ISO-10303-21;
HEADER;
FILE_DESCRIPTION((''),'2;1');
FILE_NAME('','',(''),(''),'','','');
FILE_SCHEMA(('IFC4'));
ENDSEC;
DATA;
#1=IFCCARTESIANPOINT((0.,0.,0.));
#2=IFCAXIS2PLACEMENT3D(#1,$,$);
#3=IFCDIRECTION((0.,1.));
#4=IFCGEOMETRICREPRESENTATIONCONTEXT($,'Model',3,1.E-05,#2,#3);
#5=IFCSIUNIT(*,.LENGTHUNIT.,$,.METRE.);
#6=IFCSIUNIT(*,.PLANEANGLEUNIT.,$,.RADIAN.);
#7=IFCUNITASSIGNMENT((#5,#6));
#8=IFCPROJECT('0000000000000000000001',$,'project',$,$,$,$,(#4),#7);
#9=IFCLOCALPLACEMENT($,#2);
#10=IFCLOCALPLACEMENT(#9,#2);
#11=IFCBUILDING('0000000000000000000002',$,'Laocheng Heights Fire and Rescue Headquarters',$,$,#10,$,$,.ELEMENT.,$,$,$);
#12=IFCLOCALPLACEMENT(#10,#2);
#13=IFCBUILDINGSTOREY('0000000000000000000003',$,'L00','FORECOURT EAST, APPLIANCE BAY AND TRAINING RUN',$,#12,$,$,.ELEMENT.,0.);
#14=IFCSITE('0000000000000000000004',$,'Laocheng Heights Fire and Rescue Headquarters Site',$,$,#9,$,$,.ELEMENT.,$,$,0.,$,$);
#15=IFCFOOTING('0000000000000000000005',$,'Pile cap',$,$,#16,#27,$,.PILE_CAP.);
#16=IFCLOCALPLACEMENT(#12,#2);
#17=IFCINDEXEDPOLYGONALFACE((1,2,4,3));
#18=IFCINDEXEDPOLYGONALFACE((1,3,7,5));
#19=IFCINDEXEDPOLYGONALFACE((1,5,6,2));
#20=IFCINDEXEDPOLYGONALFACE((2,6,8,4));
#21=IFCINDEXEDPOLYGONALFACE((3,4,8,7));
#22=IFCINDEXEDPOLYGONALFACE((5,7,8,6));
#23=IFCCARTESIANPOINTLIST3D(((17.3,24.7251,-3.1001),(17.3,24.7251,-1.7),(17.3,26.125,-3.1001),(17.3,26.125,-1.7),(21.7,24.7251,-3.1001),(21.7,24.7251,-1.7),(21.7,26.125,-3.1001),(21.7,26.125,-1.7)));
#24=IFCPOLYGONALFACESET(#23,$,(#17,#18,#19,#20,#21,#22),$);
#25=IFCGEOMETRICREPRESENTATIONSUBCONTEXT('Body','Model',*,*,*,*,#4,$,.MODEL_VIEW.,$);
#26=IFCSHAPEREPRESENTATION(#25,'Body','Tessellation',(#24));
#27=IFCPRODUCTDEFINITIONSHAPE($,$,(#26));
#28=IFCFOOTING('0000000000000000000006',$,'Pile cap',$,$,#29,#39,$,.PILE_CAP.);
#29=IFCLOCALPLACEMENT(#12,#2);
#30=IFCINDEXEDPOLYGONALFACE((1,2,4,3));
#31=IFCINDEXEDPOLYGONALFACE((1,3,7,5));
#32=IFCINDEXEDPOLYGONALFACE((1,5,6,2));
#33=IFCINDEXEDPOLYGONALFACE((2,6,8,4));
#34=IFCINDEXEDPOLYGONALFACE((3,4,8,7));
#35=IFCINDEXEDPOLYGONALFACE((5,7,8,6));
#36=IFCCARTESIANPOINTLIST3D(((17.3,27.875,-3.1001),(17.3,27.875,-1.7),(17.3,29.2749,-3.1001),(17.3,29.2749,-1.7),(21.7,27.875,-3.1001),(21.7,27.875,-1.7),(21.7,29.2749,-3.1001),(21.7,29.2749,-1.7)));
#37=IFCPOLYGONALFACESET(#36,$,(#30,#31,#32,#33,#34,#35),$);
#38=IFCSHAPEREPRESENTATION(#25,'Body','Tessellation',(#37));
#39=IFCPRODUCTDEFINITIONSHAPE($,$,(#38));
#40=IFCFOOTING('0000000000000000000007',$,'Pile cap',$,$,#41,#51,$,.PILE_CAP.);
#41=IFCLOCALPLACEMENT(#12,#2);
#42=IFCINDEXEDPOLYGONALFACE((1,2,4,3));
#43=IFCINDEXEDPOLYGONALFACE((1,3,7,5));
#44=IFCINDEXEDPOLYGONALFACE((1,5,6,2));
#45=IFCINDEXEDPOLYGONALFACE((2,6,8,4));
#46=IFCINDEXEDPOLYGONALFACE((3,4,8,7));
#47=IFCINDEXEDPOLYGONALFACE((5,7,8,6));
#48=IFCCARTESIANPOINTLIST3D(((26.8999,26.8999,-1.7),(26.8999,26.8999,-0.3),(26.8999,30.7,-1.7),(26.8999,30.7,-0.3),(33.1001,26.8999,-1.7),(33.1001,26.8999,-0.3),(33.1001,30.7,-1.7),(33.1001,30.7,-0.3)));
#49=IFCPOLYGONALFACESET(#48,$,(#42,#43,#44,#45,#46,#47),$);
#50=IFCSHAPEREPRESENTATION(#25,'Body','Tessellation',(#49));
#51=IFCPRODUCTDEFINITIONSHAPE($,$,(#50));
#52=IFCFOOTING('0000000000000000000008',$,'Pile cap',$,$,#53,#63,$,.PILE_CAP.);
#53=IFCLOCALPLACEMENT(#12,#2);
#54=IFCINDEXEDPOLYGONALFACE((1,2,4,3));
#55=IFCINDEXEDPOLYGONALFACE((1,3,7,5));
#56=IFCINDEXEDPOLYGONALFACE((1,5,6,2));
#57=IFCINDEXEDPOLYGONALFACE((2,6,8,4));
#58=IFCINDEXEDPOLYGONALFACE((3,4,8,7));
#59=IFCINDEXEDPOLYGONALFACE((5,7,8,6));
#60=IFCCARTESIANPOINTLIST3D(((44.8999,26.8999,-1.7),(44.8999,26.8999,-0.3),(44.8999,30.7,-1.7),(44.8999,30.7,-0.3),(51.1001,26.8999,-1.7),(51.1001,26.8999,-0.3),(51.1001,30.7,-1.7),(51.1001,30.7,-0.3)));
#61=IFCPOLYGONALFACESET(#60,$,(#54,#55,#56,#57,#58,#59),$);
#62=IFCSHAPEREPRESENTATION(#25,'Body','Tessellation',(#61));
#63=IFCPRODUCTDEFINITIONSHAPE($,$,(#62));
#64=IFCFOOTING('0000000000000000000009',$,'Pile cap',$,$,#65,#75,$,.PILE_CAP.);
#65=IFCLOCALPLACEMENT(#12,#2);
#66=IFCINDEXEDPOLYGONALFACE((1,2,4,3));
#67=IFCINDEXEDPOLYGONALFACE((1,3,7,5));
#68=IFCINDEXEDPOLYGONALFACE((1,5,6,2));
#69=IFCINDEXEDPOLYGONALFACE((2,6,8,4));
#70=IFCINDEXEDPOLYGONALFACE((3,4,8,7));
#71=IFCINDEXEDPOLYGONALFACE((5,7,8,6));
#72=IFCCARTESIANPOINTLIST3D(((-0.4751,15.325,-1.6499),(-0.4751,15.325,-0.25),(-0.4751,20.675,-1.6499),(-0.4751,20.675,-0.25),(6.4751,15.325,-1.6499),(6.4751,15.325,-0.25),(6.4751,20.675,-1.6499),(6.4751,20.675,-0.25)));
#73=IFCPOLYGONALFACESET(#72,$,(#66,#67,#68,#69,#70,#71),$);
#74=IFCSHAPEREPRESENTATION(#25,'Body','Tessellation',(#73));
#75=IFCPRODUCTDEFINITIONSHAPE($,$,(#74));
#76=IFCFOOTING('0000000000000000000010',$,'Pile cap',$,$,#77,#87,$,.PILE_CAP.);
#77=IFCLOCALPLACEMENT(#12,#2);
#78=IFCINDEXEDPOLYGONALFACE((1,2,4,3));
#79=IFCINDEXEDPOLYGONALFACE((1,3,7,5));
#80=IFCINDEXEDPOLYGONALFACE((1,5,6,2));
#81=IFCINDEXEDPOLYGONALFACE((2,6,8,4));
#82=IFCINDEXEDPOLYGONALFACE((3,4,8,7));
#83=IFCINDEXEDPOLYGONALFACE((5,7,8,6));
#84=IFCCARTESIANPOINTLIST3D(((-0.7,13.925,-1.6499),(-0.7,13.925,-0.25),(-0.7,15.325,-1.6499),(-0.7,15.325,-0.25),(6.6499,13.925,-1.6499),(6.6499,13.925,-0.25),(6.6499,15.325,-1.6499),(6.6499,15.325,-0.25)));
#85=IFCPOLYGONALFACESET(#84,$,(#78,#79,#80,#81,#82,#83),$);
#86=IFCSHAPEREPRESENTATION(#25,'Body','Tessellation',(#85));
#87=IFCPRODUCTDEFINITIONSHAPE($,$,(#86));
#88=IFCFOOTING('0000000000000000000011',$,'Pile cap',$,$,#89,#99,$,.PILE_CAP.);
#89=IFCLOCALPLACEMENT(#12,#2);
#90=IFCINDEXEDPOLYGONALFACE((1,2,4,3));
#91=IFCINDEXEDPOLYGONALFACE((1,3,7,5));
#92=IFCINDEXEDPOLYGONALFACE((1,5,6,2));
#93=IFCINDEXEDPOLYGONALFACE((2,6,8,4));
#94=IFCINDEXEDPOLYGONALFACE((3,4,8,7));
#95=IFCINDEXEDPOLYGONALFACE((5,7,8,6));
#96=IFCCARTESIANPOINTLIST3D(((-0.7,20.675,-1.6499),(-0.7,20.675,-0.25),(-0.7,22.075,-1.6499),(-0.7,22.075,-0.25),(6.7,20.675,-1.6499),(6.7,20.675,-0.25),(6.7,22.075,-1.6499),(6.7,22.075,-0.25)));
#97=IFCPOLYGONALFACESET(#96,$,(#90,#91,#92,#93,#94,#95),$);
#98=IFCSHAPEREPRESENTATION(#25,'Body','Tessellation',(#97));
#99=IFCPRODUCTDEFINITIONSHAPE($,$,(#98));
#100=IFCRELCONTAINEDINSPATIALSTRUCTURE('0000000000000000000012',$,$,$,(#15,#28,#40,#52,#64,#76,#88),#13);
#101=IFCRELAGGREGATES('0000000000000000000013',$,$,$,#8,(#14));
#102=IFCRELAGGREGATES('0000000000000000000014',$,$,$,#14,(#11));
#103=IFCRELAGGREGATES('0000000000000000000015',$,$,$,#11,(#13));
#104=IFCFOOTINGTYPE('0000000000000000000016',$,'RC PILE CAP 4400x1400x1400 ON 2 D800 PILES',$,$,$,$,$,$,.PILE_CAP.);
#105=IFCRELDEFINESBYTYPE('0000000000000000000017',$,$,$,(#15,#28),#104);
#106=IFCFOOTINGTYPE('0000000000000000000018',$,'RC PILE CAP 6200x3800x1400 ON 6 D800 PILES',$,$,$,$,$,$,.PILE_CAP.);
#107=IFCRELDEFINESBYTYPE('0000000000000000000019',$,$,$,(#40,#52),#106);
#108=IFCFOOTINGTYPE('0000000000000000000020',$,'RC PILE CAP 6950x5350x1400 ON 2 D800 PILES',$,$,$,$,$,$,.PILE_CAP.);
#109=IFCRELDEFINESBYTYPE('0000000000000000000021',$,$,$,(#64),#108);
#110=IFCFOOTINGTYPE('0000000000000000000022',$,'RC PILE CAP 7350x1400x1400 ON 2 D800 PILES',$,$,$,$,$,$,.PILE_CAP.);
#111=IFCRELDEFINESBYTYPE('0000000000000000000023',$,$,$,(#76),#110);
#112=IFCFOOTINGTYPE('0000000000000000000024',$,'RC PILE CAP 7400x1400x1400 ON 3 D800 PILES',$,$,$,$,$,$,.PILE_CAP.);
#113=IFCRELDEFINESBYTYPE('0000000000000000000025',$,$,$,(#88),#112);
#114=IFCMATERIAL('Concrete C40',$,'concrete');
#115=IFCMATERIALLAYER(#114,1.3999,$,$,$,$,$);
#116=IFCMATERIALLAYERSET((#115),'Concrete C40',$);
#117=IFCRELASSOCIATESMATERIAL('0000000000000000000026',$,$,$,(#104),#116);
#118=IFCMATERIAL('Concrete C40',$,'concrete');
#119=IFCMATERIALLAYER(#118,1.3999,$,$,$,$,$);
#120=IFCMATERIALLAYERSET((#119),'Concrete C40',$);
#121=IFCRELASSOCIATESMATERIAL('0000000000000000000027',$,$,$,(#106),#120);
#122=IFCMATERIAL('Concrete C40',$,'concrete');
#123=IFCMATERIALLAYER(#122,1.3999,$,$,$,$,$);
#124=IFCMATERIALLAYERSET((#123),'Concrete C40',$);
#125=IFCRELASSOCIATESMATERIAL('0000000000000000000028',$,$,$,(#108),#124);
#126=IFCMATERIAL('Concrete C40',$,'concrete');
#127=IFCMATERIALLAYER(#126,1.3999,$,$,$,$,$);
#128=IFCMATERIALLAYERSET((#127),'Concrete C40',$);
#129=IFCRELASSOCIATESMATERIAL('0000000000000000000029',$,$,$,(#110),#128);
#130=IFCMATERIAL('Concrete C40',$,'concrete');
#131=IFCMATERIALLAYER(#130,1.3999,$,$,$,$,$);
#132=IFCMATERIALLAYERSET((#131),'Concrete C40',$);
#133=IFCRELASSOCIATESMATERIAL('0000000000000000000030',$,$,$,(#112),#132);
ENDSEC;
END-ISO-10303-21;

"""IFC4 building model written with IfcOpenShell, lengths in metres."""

from ifc_helpers import new_model, si_unit, direction, frame, origin, place, context, subcontext, project, spatial, polyline, outline, extrude, material, layer, layer_set, type_object, element, save


model = new_model("IFC4")

# Units and contexts
model_context = context("Model", 3, precision=1e-05, world=origin(), true_north=direction((0.0, 1.0)))
body_context = subcontext(model_context, "Body", "Model", "MODEL_VIEW")
ifc_project = project(units=[si_unit("LENGTHUNIT", "METRE"), si_unit("PLANEANGLEUNIT", "RADIAN")], contexts=[model_context])

# Site, building, storey
site_placement = place(None, origin())
site = spatial("IfcSite", under=ifc_project, at=site_placement, Name="Laocheng Heights Fire and Rescue Headquarters Site", CompositionType="ELEMENT", RefElevation=0.0)
building_placement = place(site_placement, origin())
building = spatial("IfcBuilding", under=site, at=building_placement, Name="Laocheng Heights Fire and Rescue Headquarters", CompositionType="ELEMENT")
storey_placement = place(building_placement, origin())
storey = spatial("IfcBuildingStorey", under=building, at=storey_placement, Name="L00", Description="FORECOURT EAST, APPLIANCE BAY AND TRAINING RUN", CompositionType="ELEMENT", Elevation=0.0)

# Footings
ifc_material_1 = material(Name="Concrete C40", Category="concrete")
ifc_layer_1 = layer(ifc_material_1, 1.3999)
ifc_layer_set_1 = layer_set([ifc_layer_1], Name="Concrete C40")
footing_type_1 = type_object("IfcFootingType", Name="RC PILE CAP 4400x1400x1400 ON 2 D800 PILES", PredefinedType="PILE_CAP", material=ifc_layer_set_1)
footing_1_placement = place(storey_placement, frame((0.0, 0.0, -3.1001)))
element("IfcFooting", 1, at=footing_1_placement, inside=storey, type_object=footing_type_1, Name="Pile cap", PredefinedType="PILE_CAP", context=body_context, shape_type="SweptSolid", body=[
    extrude(outline(polyline([(21.7, 24.7251), (21.7, 26.125), (17.3, 26.125), (17.3, 24.7251), (21.7, 24.7251)])), origin(), (0.0, 0.0, 1.0), 1.4001),
])
footing_2_placement = place(storey_placement, frame((0.0, 0.0, -3.1001)))
element("IfcFooting", 2, at=footing_2_placement, inside=storey, type_object=footing_type_1, Name="Pile cap", PredefinedType="PILE_CAP", context=body_context, shape_type="SweptSolid", body=[
    extrude(outline(polyline([(21.7, 27.875), (21.7, 29.2749), (17.3, 29.2749), (17.3, 27.875), (21.7, 27.875)])), origin(), (0.0, 0.0, 1.0), 1.4001),
])
ifc_material_2 = material(Name="Concrete C40", Category="concrete")
ifc_layer_2 = layer(ifc_material_2, 1.3999)
ifc_layer_set_2 = layer_set([ifc_layer_2], Name="Concrete C40")
footing_type_2 = type_object("IfcFootingType", Name="RC PILE CAP 6200x3800x1400 ON 6 D800 PILES", PredefinedType="PILE_CAP", material=ifc_layer_set_2)
footing_3_placement = place(storey_placement, frame((0.0, 0.0, -1.7)))
element("IfcFooting", 3, at=footing_3_placement, inside=storey, type_object=footing_type_2, Name="Pile cap", PredefinedType="PILE_CAP", context=body_context, shape_type="SweptSolid", body=[
    extrude(outline(polyline([(33.1001, 26.8999), (33.1001, 30.7), (26.8999, 30.7), (26.8999, 26.8999), (33.1001, 26.8999)])), origin(), (0.0, 0.0, 1.0), 1.3999),
])
footing_4_placement = place(storey_placement, frame((0.0, 0.0, -1.7)))
element("IfcFooting", 4, at=footing_4_placement, inside=storey, type_object=footing_type_2, Name="Pile cap", PredefinedType="PILE_CAP", context=body_context, shape_type="SweptSolid", body=[
    extrude(outline(polyline([(51.1001, 26.8999), (51.1001, 30.7), (44.8999, 30.7), (44.8999, 26.8999), (51.1001, 26.8999)])), origin(), (0.0, 0.0, 1.0), 1.3999),
])
ifc_material_3 = material(Name="Concrete C40", Category="concrete")
ifc_layer_3 = layer(ifc_material_3, 1.3999)
ifc_layer_set_3 = layer_set([ifc_layer_3], Name="Concrete C40")
footing_type_3 = type_object("IfcFootingType", Name="RC PILE CAP 6950x5350x1400 ON 2 D800 PILES", PredefinedType="PILE_CAP", material=ifc_layer_set_3)
footing_5_placement = place(storey_placement, frame((0.0, 0.0, -1.6499)))
element("IfcFooting", 5, at=footing_5_placement, inside=storey, type_object=footing_type_3, Name="Pile cap", PredefinedType="PILE_CAP", context=body_context, shape_type="SweptSolid", body=[
    extrude(outline(polyline([(6.4751, 15.325), (6.4751, 20.675), (-0.4751, 20.675), (-0.4751, 15.325), (6.4751, 15.325)])), origin(), (0.0, 0.0, 1.0), 1.3999),
])
ifc_material_4 = material(Name="Concrete C40", Category="concrete")
ifc_layer_4 = layer(ifc_material_4, 1.3999)
ifc_layer_set_4 = layer_set([ifc_layer_4], Name="Concrete C40")
footing_type_4 = type_object("IfcFootingType", Name="RC PILE CAP 7350x1400x1400 ON 2 D800 PILES", PredefinedType="PILE_CAP", material=ifc_layer_set_4)
footing_6_placement = place(storey_placement, frame((0.0, 0.0, -1.6499)))
element("IfcFooting", 6, at=footing_6_placement, inside=storey, type_object=footing_type_4, Name="Pile cap", PredefinedType="PILE_CAP", context=body_context, shape_type="SweptSolid", body=[
    extrude(outline(polyline([(6.6499, 13.925), (6.6499, 15.325), (-0.7, 15.325), (-0.7, 13.925), (6.6499, 13.925)])), origin(), (0.0, 0.0, 1.0), 1.3999),
])
ifc_material_5 = material(Name="Concrete C40", Category="concrete")
ifc_layer_5 = layer(ifc_material_5, 1.3999)
ifc_layer_set_5 = layer_set([ifc_layer_5], Name="Concrete C40")
footing_type_5 = type_object("IfcFootingType", Name="RC PILE CAP 7400x1400x1400 ON 3 D800 PILES", PredefinedType="PILE_CAP", material=ifc_layer_set_5)
footing_7_placement = place(storey_placement, frame((0.0, 0.0, -1.6499)))
element("IfcFooting", 7, at=footing_7_placement, inside=storey, type_object=footing_type_5, Name="Pile cap", PredefinedType="PILE_CAP", context=body_context, shape_type="SweptSolid", body=[
    extrude(outline(polyline([(6.7, 20.675), (6.7, 22.075), (-0.7, 22.075), (-0.7, 20.675), (6.7, 20.675)])), origin(), (0.0, 0.0, 1.0), 1.3999),
])

save(model, "model.ifc")
